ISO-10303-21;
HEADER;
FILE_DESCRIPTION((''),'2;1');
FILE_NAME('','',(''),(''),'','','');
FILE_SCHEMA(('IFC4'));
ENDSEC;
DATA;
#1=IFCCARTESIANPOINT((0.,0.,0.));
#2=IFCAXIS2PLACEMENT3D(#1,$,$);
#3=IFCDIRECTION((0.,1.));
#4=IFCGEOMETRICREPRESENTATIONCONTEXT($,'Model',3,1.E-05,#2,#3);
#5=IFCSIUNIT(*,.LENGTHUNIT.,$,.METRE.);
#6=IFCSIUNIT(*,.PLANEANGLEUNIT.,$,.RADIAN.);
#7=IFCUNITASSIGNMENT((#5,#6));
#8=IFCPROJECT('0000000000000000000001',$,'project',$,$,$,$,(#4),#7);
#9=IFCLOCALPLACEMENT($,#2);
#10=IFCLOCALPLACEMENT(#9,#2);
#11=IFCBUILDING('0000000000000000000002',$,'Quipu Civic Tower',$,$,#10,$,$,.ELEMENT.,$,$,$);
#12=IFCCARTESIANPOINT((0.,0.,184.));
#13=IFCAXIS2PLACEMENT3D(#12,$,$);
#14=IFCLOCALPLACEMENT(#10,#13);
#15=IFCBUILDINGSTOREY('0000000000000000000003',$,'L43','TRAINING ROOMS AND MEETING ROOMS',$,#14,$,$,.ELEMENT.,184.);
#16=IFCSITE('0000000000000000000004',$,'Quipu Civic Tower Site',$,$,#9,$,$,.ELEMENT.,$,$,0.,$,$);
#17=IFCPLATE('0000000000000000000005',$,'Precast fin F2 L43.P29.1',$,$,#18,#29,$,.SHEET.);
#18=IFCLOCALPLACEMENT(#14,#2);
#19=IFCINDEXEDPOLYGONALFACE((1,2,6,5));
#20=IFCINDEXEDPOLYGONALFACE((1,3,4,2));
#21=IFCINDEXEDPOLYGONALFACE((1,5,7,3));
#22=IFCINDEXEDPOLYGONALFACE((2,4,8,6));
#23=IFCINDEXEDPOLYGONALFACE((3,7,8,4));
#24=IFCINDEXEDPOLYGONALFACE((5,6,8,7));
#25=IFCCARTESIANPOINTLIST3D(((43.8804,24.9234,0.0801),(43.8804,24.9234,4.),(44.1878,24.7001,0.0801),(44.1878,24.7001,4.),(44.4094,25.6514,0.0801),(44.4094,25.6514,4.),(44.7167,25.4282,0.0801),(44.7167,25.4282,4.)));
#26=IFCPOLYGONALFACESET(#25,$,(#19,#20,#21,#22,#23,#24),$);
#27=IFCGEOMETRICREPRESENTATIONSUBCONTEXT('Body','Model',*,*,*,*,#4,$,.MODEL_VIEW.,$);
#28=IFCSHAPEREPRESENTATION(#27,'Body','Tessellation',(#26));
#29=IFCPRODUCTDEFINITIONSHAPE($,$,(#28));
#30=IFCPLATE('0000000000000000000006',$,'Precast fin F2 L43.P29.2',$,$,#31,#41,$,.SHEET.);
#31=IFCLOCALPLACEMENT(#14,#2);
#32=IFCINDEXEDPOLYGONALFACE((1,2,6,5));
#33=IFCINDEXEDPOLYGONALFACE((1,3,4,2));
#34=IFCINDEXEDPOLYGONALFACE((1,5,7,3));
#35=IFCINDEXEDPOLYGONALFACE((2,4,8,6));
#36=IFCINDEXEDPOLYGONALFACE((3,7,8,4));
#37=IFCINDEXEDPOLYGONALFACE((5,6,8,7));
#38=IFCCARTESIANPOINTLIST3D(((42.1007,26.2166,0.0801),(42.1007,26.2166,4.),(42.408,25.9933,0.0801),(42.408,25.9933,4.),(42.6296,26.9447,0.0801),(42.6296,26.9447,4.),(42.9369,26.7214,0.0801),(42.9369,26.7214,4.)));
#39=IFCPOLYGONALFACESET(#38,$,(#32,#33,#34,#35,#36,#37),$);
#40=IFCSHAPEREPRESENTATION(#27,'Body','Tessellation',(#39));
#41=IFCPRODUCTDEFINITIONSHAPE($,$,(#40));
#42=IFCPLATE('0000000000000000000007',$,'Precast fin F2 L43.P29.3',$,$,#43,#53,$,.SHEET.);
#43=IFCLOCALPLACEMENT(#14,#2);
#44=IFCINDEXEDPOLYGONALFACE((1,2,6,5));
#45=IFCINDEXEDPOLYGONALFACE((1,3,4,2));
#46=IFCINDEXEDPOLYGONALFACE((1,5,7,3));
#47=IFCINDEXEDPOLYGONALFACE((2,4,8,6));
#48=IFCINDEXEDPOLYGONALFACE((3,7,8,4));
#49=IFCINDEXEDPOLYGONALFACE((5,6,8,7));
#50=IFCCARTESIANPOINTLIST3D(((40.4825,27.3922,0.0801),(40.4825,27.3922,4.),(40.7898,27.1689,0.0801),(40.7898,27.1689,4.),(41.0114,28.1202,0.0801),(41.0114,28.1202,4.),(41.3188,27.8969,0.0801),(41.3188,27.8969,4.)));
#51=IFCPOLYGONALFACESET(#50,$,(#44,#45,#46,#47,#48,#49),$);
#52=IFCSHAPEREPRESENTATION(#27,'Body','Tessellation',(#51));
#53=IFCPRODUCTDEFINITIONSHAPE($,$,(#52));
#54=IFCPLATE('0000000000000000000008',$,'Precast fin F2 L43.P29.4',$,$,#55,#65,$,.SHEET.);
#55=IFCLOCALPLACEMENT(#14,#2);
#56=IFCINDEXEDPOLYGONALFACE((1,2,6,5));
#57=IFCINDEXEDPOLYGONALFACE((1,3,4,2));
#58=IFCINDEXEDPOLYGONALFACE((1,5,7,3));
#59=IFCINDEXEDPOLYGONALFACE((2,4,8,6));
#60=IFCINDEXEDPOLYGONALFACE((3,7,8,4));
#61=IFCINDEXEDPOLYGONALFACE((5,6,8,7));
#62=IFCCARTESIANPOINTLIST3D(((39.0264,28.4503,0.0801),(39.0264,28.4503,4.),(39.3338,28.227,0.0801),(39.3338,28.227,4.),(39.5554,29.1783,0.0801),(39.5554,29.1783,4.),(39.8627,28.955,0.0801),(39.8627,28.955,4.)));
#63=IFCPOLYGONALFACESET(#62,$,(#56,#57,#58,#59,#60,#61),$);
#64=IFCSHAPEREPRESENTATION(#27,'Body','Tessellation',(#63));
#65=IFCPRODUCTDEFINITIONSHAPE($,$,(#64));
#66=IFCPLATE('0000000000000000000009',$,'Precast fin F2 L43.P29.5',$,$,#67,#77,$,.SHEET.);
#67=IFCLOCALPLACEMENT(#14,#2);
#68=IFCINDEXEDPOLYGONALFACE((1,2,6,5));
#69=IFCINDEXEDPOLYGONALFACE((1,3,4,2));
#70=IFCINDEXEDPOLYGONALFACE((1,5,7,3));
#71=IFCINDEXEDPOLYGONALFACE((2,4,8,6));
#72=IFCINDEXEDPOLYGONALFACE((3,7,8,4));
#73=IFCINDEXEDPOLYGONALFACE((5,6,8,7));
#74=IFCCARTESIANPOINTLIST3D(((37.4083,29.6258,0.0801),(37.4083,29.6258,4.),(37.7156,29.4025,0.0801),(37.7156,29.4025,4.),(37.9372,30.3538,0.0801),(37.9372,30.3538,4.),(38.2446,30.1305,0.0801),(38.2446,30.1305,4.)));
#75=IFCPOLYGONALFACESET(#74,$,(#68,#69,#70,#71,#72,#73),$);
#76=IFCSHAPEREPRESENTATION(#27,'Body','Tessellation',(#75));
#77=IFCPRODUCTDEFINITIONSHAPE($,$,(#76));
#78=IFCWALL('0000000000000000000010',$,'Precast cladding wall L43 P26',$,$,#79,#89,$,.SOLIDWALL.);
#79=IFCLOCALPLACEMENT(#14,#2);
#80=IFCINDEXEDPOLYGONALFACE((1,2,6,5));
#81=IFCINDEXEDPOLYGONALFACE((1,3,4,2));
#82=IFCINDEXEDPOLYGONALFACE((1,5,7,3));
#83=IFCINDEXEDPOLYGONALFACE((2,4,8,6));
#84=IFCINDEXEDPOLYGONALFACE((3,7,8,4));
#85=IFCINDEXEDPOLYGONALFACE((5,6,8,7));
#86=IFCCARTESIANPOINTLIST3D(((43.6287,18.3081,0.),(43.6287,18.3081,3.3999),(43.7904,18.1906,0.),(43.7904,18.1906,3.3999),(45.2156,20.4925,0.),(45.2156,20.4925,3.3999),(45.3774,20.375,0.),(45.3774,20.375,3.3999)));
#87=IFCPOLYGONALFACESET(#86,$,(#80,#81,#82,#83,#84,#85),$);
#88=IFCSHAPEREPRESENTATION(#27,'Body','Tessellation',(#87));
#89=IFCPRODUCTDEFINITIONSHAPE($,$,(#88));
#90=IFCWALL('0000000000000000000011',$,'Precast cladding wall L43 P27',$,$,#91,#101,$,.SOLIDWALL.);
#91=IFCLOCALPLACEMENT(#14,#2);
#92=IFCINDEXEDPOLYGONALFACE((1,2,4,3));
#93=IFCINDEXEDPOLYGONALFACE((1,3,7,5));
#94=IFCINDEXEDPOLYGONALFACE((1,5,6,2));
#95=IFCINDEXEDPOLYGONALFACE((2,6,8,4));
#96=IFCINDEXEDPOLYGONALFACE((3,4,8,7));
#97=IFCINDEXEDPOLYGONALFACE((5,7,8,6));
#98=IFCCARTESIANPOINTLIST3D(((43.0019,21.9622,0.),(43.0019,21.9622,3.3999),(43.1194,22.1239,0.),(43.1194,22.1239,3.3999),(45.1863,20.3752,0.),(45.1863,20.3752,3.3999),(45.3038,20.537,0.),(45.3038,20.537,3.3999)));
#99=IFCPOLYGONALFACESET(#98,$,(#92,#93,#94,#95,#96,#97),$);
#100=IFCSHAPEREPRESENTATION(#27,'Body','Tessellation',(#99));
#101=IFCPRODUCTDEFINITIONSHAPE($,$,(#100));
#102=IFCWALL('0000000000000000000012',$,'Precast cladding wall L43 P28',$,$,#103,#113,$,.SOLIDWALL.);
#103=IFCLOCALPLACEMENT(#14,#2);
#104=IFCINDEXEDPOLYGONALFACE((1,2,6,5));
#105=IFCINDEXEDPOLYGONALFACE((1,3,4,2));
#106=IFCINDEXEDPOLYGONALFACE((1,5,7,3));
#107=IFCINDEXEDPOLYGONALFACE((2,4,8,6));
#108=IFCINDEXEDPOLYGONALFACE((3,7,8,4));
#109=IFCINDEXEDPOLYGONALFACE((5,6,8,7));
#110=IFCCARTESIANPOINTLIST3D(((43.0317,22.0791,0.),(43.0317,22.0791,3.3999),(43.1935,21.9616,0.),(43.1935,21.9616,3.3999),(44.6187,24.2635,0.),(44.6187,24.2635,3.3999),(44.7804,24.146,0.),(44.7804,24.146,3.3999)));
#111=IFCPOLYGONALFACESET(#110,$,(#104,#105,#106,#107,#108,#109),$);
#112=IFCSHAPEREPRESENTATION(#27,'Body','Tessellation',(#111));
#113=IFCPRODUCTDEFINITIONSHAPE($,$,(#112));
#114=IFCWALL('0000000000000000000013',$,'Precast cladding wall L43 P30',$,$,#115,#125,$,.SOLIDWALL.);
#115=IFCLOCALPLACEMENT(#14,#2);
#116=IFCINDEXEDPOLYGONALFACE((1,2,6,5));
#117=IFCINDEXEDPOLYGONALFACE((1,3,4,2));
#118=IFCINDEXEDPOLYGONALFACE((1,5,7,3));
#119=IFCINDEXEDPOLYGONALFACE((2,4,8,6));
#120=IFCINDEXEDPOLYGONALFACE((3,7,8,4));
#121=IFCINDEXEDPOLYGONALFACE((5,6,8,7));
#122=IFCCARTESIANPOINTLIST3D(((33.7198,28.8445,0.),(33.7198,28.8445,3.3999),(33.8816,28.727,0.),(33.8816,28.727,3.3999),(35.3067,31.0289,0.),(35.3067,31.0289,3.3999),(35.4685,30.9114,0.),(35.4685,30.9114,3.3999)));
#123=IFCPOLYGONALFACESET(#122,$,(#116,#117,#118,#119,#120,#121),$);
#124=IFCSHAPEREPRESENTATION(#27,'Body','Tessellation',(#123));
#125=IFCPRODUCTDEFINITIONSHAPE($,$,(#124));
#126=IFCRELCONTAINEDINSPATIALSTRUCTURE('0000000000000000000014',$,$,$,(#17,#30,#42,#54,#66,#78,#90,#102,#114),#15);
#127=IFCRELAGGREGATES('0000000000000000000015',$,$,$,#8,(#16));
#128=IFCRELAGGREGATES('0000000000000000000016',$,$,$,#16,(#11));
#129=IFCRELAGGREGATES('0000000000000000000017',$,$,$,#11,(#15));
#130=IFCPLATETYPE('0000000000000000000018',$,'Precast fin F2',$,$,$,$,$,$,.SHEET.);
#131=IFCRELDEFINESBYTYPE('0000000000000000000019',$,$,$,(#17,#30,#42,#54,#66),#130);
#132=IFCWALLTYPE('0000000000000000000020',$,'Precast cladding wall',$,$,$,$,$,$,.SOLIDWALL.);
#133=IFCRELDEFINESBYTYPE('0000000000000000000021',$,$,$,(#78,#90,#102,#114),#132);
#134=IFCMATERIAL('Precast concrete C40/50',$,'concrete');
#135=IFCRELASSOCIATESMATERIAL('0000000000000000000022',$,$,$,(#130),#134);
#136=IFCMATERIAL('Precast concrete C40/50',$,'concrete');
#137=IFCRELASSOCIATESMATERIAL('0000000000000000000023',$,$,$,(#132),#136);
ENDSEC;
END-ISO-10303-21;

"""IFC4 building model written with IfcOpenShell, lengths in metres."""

from ifc_helpers import new_model, si_unit, direction, frame, frame_2d, origin, origin_2d, place, context, subcontext, project, spatial, rectangle, extrude, material, type_object, element, save


model = new_model("IFC4")

# Units and contexts
model_context = context("Model", 3, precision=1e-05, world=origin(), true_north=direction((0.0, 1.0)))
body_context = subcontext(model_context, "Body", "Model", "MODEL_VIEW")
ifc_project = project(units=[si_unit("LENGTHUNIT", "METRE"), si_unit("PLANEANGLEUNIT", "RADIAN")], contexts=[model_context])

# Site, building, storey
site_placement = place(None, origin())
site = spatial("IfcSite", under=ifc_project, at=site_placement, Name="Quipu Civic Tower Site", CompositionType="ELEMENT", RefElevation=0.0)
building_placement = place(site_placement, origin())
building = spatial("IfcBuilding", under=site, at=building_placement, Name="Quipu Civic Tower", CompositionType="ELEMENT")
storey_placement = place(building_placement, frame((0.0, 0.0, 184.0)))
storey = spatial("IfcBuildingStorey", under=building, at=storey_placement, Name="L43", Description="TRAINING ROOMS AND MEETING ROOMS", CompositionType="ELEMENT", Elevation=184.0)

# Plates
ifc_material_1 = material(Name="Precast concrete C40/50", Category="concrete")
plate_type_1 = type_object("IfcPlateType", Name="Precast fin F2", PredefinedType="SHEET", material=ifc_material_1)
for number, where, z_axis, x_axis, name in (
    (1, (44.2986, 25.1758, 0.0801), (0.0, 0.0, 1.0), (-0.809017, 0.587785, 0.0), "Precast fin F2 L43.P29.1"),
    (2, (42.5188, 26.469, 0.0801), (0.0, 0.0, 1.0), (-0.809017, 0.587785, 0.0), "Precast fin F2 L43.P29.2"),
    (3, (40.9006, 27.6445, 0.0801), (0.0, 0.0, 1.0), (-0.809017, 0.587785, 0.0), "Precast fin F2 L43.P29.3"),
    (4, (39.4446, 28.7026, 0.0801), (0.0, 0.0, 1.0), (-0.809017, 0.587785, 0.0), "Precast fin F2 L43.P29.4"),
    (5, (37.8264, 29.8782, 0.0801), (0.0, 0.0, 1.0), (-0.809017, 0.587785, 0.0), "Precast fin F2 L43.P29.5"),
):
    element("IfcPlate", number, at=place(storey_placement, frame(where, z_axis=z_axis, x_axis=x_axis)), inside=storey, type_object=plate_type_1, Name=name, PredefinedType="SHEET", context=body_context, shape_type="SweptSolid", body=[
        extrude(rectangle(XDim=0.3799, YDim=0.8999, at=origin_2d()), origin(), (0.0, 0.0, 1.0), 3.9199),
    ])

# Walls
ifc_material_2 = material(Name="Precast concrete C40/50", Category="concrete")
wall_type = type_object("IfcWallType", Name="Precast cladding wall", PredefinedType="SOLIDWALL", material=ifc_material_2)
for number, where, z_axis, x_axis, name in (
    (6, (43.7095, 18.2493, 0.0), (0.0, 0.0, 1.0), (0.587763, 0.809033, 0.0), "Precast cladding wall L43 P26"),
    (7, (45.2451, 20.4561, 0.0), (0.0, 0.0, 1.0), (-0.809033, 0.587763, 0.0), "Precast cladding wall L43 P27"),
    (8, (43.1125, 22.0203, 0.0), (0.0, 0.0, 1.0), (0.587763, 0.809033, 0.0), "Precast cladding wall L43 P28"),
    (9, (35.3877, 30.9702, 0.0), (0.0, 0.0, 1.0), (-0.587763, -0.809033, 0.0), "Precast cladding wall L43 P30"),
):
    element("IfcWall", number, at=place(storey_placement, frame(where, z_axis=z_axis, x_axis=x_axis)), inside=storey, type_object=wall_type, Name=name, PredefinedType="SOLIDWALL", context=body_context, shape_type="SweptSolid", body=[
        extrude(rectangle(XDim=2.7, YDim=0.2, at=frame_2d((1.3501, 0.0))), origin(), (0.0, 0.0, 1.0), 3.3999),
    ])

save(model, "model.ifc")
